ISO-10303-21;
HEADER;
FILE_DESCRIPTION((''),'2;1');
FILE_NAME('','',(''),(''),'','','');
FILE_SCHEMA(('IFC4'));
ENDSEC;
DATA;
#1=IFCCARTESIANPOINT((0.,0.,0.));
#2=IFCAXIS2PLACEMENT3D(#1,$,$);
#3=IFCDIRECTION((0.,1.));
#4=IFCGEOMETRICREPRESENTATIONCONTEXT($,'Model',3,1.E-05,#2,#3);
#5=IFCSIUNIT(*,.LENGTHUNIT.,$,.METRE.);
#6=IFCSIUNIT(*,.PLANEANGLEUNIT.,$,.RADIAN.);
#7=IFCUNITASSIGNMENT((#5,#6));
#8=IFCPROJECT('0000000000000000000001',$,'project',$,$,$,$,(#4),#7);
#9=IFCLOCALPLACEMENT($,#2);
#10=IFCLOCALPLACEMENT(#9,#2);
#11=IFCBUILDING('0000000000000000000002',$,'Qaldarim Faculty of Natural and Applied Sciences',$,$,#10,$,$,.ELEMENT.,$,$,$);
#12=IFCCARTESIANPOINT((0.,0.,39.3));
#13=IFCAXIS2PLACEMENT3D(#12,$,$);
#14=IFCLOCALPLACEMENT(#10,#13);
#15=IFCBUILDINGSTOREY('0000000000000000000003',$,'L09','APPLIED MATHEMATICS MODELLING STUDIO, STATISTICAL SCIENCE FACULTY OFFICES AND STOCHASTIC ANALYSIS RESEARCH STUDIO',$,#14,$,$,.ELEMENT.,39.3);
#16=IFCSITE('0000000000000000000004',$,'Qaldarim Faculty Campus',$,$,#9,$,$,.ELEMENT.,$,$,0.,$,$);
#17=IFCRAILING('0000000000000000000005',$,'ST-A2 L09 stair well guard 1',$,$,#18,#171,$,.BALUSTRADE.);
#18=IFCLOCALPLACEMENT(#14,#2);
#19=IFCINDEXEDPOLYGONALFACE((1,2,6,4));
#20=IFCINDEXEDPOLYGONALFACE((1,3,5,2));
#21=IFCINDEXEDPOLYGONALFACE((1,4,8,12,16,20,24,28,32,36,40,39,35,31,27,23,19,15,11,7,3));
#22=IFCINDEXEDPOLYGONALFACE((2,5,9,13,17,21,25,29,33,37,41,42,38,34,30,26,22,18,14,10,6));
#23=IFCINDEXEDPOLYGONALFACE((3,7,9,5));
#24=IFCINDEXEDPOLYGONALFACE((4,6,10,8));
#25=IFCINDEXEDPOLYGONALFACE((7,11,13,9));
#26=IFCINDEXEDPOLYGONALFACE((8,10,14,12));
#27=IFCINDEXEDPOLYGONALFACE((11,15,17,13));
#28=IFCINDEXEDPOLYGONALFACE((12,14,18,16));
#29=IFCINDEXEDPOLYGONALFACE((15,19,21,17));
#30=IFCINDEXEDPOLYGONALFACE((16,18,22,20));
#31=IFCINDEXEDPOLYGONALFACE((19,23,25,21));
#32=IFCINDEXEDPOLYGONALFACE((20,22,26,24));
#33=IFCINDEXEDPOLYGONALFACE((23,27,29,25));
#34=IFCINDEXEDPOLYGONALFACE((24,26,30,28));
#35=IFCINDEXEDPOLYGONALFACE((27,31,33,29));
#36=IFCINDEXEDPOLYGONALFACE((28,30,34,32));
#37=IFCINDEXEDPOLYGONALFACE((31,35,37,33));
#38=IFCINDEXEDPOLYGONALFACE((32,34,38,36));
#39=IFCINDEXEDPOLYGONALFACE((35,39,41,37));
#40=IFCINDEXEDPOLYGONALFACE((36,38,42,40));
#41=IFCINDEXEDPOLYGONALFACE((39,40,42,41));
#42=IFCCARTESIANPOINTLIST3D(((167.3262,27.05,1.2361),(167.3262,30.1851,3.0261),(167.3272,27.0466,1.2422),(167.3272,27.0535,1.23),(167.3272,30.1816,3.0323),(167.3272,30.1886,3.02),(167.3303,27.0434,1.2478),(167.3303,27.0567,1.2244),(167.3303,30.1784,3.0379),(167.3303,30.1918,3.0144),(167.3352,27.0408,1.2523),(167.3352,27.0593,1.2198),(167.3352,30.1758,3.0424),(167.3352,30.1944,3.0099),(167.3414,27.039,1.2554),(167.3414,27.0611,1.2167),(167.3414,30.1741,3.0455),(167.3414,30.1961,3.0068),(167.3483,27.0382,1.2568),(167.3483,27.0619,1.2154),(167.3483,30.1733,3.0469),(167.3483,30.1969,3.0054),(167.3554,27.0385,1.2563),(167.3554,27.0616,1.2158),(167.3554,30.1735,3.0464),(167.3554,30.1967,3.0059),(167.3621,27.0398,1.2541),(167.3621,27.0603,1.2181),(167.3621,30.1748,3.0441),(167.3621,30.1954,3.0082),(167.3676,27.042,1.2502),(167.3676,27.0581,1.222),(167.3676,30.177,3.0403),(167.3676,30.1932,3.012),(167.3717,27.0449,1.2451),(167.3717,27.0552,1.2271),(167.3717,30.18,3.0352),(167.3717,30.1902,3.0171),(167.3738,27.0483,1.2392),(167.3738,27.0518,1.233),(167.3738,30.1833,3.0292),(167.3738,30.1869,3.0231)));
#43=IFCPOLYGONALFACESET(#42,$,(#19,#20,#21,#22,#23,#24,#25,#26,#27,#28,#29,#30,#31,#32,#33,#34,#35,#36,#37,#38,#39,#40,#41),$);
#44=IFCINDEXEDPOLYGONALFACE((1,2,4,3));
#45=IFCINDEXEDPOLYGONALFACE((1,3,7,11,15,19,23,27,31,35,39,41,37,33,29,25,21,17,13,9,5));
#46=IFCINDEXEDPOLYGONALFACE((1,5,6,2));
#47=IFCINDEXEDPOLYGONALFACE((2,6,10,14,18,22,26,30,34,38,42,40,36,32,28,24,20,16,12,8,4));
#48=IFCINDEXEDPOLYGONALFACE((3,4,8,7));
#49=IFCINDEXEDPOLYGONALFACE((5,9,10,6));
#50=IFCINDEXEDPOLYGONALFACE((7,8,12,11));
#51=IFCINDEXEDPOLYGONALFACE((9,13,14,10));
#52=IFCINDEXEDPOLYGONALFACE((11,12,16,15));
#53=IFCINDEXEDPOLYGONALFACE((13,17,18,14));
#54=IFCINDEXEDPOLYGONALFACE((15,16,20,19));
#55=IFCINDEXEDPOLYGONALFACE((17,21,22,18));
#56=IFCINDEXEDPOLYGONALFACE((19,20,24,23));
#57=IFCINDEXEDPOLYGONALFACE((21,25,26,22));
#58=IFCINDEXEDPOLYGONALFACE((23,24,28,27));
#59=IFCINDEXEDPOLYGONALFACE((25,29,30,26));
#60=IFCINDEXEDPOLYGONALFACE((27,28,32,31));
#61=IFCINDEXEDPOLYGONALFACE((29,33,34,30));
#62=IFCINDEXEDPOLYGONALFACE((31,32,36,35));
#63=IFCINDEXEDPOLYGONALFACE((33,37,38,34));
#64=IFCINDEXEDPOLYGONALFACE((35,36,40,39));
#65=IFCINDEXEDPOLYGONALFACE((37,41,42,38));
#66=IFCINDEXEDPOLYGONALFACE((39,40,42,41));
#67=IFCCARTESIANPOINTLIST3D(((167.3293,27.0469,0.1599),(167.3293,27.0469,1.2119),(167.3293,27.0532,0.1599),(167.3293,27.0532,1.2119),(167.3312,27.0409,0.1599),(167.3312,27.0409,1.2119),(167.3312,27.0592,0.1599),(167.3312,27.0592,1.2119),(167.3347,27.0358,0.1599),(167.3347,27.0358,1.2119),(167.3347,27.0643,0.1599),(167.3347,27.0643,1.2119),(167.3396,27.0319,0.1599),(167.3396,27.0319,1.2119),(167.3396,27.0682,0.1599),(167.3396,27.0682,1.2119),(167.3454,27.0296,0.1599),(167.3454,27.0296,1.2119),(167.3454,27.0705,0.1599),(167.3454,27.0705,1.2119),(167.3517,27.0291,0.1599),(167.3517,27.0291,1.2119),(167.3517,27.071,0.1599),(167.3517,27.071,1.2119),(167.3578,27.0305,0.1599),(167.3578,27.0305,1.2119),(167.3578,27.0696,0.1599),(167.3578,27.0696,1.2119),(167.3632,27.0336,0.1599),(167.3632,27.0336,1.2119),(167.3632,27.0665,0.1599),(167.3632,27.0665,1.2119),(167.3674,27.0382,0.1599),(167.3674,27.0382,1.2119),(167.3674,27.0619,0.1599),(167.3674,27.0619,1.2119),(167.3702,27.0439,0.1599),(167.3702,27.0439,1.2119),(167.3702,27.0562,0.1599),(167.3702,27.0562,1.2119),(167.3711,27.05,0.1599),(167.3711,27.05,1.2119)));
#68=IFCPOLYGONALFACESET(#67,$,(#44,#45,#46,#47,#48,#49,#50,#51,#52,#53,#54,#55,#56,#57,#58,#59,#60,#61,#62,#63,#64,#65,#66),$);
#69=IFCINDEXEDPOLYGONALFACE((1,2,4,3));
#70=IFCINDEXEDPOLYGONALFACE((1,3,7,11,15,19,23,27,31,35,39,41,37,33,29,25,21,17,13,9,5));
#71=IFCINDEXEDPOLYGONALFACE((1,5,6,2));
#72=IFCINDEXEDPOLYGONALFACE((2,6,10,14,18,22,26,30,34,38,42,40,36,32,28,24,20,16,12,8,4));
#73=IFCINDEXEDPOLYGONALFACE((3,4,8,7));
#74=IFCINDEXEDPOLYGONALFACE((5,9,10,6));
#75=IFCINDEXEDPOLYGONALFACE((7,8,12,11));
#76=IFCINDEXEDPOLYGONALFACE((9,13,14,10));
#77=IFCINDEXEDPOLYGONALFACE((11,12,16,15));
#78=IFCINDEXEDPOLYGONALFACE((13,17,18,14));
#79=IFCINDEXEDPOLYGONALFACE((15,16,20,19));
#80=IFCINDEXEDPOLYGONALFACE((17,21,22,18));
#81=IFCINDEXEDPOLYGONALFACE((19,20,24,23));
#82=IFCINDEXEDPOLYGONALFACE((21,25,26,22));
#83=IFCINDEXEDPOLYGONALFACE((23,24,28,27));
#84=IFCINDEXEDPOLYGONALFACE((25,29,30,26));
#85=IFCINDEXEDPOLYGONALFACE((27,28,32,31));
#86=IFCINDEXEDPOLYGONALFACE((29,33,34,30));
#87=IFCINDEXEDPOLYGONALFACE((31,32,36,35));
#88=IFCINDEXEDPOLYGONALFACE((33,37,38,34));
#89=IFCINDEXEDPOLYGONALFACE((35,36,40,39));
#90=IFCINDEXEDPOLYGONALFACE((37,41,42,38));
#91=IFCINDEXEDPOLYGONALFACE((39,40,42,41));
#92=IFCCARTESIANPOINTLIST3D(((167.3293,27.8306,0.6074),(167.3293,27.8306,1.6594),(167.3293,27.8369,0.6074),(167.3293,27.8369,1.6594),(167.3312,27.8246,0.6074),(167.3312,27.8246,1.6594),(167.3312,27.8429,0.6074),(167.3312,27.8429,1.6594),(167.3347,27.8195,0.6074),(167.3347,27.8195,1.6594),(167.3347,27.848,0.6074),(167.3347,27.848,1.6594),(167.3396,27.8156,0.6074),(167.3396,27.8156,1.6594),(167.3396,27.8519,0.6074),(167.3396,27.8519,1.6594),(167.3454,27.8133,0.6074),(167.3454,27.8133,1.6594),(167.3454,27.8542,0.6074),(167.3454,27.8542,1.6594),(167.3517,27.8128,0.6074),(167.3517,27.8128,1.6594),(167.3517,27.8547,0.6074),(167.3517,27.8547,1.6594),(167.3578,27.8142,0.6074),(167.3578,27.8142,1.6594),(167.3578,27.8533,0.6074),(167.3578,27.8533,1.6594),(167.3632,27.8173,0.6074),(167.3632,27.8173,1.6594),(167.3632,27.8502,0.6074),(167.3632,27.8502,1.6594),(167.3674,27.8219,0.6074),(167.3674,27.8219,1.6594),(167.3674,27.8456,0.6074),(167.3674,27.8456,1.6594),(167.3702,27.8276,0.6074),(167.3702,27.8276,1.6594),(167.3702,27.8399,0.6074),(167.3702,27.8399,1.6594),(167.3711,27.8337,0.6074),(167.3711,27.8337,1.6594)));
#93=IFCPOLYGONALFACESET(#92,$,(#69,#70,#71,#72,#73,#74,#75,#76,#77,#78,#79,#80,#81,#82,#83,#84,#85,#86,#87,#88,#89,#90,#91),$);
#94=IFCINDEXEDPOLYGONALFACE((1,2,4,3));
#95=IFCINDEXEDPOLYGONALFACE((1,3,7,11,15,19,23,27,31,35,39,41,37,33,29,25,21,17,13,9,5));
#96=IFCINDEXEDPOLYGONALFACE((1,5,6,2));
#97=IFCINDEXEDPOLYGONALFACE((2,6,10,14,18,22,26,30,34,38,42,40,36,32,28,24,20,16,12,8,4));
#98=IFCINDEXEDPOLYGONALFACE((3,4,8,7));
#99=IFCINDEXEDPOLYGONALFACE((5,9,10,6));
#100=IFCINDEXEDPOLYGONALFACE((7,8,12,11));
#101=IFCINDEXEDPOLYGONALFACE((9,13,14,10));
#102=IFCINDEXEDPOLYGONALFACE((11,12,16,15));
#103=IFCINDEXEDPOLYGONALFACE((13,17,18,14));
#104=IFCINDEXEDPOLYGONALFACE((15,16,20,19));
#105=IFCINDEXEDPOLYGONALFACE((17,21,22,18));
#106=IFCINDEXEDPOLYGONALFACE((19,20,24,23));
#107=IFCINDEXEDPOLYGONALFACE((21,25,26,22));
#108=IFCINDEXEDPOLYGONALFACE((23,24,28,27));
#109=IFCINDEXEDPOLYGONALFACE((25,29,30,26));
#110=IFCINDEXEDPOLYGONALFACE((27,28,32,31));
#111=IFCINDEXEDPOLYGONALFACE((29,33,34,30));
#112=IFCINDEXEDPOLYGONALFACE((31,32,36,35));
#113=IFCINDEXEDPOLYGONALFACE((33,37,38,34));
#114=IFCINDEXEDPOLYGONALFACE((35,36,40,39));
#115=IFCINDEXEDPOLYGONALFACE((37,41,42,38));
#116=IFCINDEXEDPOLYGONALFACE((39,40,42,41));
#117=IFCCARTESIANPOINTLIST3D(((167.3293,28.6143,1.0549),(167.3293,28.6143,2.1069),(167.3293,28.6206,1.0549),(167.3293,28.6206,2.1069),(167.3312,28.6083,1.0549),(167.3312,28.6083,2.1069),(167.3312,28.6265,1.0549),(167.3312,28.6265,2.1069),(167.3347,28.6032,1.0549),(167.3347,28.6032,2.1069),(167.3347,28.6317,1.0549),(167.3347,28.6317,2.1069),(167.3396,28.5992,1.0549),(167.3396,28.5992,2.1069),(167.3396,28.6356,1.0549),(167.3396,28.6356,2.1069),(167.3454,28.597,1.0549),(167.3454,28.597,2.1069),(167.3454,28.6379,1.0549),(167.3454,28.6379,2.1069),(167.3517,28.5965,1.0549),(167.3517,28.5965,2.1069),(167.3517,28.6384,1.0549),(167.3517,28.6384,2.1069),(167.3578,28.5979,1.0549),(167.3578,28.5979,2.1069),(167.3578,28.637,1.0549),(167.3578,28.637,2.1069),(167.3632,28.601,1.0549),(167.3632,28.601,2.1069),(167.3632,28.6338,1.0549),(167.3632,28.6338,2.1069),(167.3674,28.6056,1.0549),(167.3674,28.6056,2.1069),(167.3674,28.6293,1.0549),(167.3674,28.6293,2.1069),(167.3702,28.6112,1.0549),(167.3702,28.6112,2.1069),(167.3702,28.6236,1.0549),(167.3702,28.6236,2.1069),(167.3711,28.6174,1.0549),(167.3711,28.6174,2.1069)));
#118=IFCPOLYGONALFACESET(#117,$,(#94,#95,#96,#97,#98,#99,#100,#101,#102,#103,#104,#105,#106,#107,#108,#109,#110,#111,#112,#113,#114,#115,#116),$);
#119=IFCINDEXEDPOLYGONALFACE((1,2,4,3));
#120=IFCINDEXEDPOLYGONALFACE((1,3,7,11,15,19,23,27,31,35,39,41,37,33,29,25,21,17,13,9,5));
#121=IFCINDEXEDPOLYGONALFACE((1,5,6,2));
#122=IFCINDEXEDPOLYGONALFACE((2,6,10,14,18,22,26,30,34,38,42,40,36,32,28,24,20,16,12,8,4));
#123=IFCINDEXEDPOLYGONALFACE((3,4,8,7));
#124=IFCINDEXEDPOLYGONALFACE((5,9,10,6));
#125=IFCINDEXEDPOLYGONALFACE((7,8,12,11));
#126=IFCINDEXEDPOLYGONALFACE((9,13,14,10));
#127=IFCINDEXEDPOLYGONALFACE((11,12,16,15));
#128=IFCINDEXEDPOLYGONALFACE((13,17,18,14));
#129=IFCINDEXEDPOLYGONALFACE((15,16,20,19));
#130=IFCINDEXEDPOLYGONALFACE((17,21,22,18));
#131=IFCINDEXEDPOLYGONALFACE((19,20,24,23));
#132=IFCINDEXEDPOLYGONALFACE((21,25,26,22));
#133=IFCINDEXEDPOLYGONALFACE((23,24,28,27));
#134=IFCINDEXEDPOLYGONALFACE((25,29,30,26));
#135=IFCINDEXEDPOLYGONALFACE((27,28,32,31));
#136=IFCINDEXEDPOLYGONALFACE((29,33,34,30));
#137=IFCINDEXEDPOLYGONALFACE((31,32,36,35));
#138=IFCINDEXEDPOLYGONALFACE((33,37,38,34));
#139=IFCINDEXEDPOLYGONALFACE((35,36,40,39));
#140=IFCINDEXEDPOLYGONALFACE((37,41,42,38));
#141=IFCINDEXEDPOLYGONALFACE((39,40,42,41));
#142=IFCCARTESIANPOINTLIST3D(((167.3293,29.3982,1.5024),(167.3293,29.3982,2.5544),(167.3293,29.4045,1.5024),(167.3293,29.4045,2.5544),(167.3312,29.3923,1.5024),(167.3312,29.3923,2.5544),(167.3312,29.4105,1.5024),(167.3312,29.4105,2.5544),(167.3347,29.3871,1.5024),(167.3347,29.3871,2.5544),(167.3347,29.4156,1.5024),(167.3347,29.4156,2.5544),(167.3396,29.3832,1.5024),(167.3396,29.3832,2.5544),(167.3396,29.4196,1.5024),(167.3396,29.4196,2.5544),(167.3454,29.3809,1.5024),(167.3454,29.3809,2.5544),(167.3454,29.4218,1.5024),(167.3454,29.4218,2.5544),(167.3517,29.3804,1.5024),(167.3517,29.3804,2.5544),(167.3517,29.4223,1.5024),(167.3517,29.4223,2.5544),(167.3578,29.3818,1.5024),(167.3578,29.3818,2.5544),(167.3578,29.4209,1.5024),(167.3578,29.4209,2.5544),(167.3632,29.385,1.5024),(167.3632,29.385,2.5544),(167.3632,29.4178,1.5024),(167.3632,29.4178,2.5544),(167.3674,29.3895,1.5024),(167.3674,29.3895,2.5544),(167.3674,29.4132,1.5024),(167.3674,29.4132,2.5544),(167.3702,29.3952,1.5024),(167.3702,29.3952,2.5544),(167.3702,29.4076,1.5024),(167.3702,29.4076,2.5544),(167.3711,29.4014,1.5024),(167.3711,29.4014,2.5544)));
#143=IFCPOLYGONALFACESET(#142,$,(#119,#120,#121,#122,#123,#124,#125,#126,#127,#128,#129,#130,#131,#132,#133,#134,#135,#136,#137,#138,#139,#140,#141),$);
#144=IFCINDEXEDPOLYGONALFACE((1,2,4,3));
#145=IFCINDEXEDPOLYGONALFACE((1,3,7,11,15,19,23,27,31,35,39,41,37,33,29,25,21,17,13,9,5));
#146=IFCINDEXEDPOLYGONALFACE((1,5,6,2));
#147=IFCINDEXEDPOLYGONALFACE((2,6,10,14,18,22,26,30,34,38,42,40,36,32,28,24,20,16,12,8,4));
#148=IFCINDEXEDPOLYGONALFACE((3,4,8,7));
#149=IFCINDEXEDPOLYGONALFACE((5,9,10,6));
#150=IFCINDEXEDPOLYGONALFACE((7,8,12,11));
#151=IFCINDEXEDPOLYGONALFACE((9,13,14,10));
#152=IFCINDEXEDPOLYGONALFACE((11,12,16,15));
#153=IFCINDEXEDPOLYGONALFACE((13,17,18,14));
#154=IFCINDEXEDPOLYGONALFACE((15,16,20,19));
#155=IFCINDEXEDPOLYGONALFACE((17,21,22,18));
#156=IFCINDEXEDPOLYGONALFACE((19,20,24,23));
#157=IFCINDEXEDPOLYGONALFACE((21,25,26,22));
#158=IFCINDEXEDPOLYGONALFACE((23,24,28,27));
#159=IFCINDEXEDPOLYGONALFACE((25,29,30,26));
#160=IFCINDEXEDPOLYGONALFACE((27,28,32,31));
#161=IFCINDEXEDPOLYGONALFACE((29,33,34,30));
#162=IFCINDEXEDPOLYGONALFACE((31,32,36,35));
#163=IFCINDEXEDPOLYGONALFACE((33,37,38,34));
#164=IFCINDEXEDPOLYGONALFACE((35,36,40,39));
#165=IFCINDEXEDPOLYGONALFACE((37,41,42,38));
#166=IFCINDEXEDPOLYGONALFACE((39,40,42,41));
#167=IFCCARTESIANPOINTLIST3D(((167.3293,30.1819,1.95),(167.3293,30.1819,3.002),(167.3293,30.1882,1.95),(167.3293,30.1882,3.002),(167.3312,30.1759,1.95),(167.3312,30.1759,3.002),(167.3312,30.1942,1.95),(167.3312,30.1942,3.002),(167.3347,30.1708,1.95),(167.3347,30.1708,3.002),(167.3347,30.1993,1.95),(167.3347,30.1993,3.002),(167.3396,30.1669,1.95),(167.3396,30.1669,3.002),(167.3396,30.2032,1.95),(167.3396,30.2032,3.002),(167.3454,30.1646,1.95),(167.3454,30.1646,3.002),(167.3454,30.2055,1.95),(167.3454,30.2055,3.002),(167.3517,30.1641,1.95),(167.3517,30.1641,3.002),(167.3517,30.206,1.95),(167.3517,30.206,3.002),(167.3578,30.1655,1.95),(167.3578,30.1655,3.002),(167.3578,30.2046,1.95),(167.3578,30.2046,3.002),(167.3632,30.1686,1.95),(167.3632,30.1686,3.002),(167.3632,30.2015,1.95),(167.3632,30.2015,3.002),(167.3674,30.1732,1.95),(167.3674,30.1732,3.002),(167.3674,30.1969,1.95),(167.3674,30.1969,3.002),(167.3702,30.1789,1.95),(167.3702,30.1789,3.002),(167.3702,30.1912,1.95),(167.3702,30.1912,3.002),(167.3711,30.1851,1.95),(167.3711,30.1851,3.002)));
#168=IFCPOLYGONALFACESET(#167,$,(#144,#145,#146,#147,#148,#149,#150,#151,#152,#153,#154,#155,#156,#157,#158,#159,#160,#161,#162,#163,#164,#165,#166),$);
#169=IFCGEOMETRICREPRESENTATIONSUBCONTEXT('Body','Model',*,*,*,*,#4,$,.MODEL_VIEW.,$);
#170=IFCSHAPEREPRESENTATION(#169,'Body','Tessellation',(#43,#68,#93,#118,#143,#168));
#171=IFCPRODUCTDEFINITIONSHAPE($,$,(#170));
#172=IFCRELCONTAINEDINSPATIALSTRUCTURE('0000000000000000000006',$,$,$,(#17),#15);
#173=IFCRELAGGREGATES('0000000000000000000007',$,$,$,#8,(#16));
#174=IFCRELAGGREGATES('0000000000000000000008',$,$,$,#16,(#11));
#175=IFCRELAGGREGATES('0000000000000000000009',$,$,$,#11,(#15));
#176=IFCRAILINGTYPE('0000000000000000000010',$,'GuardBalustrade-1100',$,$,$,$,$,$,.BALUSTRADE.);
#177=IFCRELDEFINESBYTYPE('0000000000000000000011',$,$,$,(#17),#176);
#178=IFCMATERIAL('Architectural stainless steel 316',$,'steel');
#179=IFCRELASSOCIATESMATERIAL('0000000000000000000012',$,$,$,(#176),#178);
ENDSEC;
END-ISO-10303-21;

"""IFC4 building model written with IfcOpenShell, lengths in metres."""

from ifc_helpers import new_model, si_unit, direction, frame, origin, origin_2d, place, context, subcontext, project, spatial, circle, extrude, material, type_object, element, save


model = new_model("IFC4")

# Units and contexts
model_context = context("Model", 3, precision=1e-05, world=origin(), true_north=direction((0.0, 1.0)))
body_context = subcontext(model_context, "Body", "Model", "MODEL_VIEW")
ifc_project = project(units=[si_unit("LENGTHUNIT", "METRE"), si_unit("PLANEANGLEUNIT", "RADIAN")], contexts=[model_context])

# Site, building, storey
site_placement = place(None, origin())
site = spatial("IfcSite", under=ifc_project, at=site_placement, Name="Qaldarim Faculty Campus", CompositionType="ELEMENT", RefElevation=0.0)
building_placement = place(site_placement, origin())
building = spatial("IfcBuilding", under=site, at=building_placement, Name="Qaldarim Faculty of Natural and Applied Sciences", CompositionType="ELEMENT")
storey_placement = place(building_placement, frame((0.0, 0.0, 39.3)))
storey = spatial("IfcBuildingStorey", under=building, at=storey_placement, Name="L09", Description="APPLIED MATHEMATICS MODELLING STUDIO, STATISTICAL SCIENCE FACULTY OFFICES AND STOCHASTIC ANALYSIS RESEARCH STUDIO", CompositionType="ELEMENT", Elevation=39.3)

# Shared definitions
ifc_material_1 = material(Name="Architectural stainless steel 316", Category="steel")

# Railing
railing_type_1 = type_object("IfcRailingType", Name="GuardBalustrade-1100", PredefinedType="BALUSTRADE", material=ifc_material_1)
railing_1_placement = place(storey_placement, frame((167.3501, 27.05, 0.1599)))
element("IfcRailing", 1, at=railing_1_placement, inside=storey, type_object=railing_type_1, Name="ST-A2 L09 stair well guard 1", PredefinedType="BALUSTRADE", context=body_context, shape_type="SweptSolid", body=[
    extrude(circle(Radius=0.0239, at=origin_2d()), frame((0.0, 0.0, 1.0762), z_axis=(0.0, 0.86841, 0.495848), x_axis=(-1.0, 0.0, 0.0)), (0.0, 0.0, 1.0), 3.6101),
    extrude(circle(Radius=0.021, at=origin_2d()), origin(), (0.0, 0.0, 1.0), 1.052),
    extrude(circle(Radius=0.021, at=origin_2d()), frame((0.0, 0.7837, 0.4475)), (0.0, 0.0, 1.0), 1.052),
    extrude(circle(Radius=0.021, at=origin_2d()), frame((0.0, 1.5674, 0.895)), (0.0, 0.0, 1.0), 1.052),
    extrude(circle(Radius=0.021, at=origin_2d()), frame((0.0, 2.3513, 1.3425)), (0.0, 0.0, 1.0), 1.052),
    extrude(circle(Radius=0.021, at=origin_2d()), frame((0.0, 3.135, 1.79)), (0.0, 0.0, 1.0), 1.052),
])

save(model, "model.ifc")
